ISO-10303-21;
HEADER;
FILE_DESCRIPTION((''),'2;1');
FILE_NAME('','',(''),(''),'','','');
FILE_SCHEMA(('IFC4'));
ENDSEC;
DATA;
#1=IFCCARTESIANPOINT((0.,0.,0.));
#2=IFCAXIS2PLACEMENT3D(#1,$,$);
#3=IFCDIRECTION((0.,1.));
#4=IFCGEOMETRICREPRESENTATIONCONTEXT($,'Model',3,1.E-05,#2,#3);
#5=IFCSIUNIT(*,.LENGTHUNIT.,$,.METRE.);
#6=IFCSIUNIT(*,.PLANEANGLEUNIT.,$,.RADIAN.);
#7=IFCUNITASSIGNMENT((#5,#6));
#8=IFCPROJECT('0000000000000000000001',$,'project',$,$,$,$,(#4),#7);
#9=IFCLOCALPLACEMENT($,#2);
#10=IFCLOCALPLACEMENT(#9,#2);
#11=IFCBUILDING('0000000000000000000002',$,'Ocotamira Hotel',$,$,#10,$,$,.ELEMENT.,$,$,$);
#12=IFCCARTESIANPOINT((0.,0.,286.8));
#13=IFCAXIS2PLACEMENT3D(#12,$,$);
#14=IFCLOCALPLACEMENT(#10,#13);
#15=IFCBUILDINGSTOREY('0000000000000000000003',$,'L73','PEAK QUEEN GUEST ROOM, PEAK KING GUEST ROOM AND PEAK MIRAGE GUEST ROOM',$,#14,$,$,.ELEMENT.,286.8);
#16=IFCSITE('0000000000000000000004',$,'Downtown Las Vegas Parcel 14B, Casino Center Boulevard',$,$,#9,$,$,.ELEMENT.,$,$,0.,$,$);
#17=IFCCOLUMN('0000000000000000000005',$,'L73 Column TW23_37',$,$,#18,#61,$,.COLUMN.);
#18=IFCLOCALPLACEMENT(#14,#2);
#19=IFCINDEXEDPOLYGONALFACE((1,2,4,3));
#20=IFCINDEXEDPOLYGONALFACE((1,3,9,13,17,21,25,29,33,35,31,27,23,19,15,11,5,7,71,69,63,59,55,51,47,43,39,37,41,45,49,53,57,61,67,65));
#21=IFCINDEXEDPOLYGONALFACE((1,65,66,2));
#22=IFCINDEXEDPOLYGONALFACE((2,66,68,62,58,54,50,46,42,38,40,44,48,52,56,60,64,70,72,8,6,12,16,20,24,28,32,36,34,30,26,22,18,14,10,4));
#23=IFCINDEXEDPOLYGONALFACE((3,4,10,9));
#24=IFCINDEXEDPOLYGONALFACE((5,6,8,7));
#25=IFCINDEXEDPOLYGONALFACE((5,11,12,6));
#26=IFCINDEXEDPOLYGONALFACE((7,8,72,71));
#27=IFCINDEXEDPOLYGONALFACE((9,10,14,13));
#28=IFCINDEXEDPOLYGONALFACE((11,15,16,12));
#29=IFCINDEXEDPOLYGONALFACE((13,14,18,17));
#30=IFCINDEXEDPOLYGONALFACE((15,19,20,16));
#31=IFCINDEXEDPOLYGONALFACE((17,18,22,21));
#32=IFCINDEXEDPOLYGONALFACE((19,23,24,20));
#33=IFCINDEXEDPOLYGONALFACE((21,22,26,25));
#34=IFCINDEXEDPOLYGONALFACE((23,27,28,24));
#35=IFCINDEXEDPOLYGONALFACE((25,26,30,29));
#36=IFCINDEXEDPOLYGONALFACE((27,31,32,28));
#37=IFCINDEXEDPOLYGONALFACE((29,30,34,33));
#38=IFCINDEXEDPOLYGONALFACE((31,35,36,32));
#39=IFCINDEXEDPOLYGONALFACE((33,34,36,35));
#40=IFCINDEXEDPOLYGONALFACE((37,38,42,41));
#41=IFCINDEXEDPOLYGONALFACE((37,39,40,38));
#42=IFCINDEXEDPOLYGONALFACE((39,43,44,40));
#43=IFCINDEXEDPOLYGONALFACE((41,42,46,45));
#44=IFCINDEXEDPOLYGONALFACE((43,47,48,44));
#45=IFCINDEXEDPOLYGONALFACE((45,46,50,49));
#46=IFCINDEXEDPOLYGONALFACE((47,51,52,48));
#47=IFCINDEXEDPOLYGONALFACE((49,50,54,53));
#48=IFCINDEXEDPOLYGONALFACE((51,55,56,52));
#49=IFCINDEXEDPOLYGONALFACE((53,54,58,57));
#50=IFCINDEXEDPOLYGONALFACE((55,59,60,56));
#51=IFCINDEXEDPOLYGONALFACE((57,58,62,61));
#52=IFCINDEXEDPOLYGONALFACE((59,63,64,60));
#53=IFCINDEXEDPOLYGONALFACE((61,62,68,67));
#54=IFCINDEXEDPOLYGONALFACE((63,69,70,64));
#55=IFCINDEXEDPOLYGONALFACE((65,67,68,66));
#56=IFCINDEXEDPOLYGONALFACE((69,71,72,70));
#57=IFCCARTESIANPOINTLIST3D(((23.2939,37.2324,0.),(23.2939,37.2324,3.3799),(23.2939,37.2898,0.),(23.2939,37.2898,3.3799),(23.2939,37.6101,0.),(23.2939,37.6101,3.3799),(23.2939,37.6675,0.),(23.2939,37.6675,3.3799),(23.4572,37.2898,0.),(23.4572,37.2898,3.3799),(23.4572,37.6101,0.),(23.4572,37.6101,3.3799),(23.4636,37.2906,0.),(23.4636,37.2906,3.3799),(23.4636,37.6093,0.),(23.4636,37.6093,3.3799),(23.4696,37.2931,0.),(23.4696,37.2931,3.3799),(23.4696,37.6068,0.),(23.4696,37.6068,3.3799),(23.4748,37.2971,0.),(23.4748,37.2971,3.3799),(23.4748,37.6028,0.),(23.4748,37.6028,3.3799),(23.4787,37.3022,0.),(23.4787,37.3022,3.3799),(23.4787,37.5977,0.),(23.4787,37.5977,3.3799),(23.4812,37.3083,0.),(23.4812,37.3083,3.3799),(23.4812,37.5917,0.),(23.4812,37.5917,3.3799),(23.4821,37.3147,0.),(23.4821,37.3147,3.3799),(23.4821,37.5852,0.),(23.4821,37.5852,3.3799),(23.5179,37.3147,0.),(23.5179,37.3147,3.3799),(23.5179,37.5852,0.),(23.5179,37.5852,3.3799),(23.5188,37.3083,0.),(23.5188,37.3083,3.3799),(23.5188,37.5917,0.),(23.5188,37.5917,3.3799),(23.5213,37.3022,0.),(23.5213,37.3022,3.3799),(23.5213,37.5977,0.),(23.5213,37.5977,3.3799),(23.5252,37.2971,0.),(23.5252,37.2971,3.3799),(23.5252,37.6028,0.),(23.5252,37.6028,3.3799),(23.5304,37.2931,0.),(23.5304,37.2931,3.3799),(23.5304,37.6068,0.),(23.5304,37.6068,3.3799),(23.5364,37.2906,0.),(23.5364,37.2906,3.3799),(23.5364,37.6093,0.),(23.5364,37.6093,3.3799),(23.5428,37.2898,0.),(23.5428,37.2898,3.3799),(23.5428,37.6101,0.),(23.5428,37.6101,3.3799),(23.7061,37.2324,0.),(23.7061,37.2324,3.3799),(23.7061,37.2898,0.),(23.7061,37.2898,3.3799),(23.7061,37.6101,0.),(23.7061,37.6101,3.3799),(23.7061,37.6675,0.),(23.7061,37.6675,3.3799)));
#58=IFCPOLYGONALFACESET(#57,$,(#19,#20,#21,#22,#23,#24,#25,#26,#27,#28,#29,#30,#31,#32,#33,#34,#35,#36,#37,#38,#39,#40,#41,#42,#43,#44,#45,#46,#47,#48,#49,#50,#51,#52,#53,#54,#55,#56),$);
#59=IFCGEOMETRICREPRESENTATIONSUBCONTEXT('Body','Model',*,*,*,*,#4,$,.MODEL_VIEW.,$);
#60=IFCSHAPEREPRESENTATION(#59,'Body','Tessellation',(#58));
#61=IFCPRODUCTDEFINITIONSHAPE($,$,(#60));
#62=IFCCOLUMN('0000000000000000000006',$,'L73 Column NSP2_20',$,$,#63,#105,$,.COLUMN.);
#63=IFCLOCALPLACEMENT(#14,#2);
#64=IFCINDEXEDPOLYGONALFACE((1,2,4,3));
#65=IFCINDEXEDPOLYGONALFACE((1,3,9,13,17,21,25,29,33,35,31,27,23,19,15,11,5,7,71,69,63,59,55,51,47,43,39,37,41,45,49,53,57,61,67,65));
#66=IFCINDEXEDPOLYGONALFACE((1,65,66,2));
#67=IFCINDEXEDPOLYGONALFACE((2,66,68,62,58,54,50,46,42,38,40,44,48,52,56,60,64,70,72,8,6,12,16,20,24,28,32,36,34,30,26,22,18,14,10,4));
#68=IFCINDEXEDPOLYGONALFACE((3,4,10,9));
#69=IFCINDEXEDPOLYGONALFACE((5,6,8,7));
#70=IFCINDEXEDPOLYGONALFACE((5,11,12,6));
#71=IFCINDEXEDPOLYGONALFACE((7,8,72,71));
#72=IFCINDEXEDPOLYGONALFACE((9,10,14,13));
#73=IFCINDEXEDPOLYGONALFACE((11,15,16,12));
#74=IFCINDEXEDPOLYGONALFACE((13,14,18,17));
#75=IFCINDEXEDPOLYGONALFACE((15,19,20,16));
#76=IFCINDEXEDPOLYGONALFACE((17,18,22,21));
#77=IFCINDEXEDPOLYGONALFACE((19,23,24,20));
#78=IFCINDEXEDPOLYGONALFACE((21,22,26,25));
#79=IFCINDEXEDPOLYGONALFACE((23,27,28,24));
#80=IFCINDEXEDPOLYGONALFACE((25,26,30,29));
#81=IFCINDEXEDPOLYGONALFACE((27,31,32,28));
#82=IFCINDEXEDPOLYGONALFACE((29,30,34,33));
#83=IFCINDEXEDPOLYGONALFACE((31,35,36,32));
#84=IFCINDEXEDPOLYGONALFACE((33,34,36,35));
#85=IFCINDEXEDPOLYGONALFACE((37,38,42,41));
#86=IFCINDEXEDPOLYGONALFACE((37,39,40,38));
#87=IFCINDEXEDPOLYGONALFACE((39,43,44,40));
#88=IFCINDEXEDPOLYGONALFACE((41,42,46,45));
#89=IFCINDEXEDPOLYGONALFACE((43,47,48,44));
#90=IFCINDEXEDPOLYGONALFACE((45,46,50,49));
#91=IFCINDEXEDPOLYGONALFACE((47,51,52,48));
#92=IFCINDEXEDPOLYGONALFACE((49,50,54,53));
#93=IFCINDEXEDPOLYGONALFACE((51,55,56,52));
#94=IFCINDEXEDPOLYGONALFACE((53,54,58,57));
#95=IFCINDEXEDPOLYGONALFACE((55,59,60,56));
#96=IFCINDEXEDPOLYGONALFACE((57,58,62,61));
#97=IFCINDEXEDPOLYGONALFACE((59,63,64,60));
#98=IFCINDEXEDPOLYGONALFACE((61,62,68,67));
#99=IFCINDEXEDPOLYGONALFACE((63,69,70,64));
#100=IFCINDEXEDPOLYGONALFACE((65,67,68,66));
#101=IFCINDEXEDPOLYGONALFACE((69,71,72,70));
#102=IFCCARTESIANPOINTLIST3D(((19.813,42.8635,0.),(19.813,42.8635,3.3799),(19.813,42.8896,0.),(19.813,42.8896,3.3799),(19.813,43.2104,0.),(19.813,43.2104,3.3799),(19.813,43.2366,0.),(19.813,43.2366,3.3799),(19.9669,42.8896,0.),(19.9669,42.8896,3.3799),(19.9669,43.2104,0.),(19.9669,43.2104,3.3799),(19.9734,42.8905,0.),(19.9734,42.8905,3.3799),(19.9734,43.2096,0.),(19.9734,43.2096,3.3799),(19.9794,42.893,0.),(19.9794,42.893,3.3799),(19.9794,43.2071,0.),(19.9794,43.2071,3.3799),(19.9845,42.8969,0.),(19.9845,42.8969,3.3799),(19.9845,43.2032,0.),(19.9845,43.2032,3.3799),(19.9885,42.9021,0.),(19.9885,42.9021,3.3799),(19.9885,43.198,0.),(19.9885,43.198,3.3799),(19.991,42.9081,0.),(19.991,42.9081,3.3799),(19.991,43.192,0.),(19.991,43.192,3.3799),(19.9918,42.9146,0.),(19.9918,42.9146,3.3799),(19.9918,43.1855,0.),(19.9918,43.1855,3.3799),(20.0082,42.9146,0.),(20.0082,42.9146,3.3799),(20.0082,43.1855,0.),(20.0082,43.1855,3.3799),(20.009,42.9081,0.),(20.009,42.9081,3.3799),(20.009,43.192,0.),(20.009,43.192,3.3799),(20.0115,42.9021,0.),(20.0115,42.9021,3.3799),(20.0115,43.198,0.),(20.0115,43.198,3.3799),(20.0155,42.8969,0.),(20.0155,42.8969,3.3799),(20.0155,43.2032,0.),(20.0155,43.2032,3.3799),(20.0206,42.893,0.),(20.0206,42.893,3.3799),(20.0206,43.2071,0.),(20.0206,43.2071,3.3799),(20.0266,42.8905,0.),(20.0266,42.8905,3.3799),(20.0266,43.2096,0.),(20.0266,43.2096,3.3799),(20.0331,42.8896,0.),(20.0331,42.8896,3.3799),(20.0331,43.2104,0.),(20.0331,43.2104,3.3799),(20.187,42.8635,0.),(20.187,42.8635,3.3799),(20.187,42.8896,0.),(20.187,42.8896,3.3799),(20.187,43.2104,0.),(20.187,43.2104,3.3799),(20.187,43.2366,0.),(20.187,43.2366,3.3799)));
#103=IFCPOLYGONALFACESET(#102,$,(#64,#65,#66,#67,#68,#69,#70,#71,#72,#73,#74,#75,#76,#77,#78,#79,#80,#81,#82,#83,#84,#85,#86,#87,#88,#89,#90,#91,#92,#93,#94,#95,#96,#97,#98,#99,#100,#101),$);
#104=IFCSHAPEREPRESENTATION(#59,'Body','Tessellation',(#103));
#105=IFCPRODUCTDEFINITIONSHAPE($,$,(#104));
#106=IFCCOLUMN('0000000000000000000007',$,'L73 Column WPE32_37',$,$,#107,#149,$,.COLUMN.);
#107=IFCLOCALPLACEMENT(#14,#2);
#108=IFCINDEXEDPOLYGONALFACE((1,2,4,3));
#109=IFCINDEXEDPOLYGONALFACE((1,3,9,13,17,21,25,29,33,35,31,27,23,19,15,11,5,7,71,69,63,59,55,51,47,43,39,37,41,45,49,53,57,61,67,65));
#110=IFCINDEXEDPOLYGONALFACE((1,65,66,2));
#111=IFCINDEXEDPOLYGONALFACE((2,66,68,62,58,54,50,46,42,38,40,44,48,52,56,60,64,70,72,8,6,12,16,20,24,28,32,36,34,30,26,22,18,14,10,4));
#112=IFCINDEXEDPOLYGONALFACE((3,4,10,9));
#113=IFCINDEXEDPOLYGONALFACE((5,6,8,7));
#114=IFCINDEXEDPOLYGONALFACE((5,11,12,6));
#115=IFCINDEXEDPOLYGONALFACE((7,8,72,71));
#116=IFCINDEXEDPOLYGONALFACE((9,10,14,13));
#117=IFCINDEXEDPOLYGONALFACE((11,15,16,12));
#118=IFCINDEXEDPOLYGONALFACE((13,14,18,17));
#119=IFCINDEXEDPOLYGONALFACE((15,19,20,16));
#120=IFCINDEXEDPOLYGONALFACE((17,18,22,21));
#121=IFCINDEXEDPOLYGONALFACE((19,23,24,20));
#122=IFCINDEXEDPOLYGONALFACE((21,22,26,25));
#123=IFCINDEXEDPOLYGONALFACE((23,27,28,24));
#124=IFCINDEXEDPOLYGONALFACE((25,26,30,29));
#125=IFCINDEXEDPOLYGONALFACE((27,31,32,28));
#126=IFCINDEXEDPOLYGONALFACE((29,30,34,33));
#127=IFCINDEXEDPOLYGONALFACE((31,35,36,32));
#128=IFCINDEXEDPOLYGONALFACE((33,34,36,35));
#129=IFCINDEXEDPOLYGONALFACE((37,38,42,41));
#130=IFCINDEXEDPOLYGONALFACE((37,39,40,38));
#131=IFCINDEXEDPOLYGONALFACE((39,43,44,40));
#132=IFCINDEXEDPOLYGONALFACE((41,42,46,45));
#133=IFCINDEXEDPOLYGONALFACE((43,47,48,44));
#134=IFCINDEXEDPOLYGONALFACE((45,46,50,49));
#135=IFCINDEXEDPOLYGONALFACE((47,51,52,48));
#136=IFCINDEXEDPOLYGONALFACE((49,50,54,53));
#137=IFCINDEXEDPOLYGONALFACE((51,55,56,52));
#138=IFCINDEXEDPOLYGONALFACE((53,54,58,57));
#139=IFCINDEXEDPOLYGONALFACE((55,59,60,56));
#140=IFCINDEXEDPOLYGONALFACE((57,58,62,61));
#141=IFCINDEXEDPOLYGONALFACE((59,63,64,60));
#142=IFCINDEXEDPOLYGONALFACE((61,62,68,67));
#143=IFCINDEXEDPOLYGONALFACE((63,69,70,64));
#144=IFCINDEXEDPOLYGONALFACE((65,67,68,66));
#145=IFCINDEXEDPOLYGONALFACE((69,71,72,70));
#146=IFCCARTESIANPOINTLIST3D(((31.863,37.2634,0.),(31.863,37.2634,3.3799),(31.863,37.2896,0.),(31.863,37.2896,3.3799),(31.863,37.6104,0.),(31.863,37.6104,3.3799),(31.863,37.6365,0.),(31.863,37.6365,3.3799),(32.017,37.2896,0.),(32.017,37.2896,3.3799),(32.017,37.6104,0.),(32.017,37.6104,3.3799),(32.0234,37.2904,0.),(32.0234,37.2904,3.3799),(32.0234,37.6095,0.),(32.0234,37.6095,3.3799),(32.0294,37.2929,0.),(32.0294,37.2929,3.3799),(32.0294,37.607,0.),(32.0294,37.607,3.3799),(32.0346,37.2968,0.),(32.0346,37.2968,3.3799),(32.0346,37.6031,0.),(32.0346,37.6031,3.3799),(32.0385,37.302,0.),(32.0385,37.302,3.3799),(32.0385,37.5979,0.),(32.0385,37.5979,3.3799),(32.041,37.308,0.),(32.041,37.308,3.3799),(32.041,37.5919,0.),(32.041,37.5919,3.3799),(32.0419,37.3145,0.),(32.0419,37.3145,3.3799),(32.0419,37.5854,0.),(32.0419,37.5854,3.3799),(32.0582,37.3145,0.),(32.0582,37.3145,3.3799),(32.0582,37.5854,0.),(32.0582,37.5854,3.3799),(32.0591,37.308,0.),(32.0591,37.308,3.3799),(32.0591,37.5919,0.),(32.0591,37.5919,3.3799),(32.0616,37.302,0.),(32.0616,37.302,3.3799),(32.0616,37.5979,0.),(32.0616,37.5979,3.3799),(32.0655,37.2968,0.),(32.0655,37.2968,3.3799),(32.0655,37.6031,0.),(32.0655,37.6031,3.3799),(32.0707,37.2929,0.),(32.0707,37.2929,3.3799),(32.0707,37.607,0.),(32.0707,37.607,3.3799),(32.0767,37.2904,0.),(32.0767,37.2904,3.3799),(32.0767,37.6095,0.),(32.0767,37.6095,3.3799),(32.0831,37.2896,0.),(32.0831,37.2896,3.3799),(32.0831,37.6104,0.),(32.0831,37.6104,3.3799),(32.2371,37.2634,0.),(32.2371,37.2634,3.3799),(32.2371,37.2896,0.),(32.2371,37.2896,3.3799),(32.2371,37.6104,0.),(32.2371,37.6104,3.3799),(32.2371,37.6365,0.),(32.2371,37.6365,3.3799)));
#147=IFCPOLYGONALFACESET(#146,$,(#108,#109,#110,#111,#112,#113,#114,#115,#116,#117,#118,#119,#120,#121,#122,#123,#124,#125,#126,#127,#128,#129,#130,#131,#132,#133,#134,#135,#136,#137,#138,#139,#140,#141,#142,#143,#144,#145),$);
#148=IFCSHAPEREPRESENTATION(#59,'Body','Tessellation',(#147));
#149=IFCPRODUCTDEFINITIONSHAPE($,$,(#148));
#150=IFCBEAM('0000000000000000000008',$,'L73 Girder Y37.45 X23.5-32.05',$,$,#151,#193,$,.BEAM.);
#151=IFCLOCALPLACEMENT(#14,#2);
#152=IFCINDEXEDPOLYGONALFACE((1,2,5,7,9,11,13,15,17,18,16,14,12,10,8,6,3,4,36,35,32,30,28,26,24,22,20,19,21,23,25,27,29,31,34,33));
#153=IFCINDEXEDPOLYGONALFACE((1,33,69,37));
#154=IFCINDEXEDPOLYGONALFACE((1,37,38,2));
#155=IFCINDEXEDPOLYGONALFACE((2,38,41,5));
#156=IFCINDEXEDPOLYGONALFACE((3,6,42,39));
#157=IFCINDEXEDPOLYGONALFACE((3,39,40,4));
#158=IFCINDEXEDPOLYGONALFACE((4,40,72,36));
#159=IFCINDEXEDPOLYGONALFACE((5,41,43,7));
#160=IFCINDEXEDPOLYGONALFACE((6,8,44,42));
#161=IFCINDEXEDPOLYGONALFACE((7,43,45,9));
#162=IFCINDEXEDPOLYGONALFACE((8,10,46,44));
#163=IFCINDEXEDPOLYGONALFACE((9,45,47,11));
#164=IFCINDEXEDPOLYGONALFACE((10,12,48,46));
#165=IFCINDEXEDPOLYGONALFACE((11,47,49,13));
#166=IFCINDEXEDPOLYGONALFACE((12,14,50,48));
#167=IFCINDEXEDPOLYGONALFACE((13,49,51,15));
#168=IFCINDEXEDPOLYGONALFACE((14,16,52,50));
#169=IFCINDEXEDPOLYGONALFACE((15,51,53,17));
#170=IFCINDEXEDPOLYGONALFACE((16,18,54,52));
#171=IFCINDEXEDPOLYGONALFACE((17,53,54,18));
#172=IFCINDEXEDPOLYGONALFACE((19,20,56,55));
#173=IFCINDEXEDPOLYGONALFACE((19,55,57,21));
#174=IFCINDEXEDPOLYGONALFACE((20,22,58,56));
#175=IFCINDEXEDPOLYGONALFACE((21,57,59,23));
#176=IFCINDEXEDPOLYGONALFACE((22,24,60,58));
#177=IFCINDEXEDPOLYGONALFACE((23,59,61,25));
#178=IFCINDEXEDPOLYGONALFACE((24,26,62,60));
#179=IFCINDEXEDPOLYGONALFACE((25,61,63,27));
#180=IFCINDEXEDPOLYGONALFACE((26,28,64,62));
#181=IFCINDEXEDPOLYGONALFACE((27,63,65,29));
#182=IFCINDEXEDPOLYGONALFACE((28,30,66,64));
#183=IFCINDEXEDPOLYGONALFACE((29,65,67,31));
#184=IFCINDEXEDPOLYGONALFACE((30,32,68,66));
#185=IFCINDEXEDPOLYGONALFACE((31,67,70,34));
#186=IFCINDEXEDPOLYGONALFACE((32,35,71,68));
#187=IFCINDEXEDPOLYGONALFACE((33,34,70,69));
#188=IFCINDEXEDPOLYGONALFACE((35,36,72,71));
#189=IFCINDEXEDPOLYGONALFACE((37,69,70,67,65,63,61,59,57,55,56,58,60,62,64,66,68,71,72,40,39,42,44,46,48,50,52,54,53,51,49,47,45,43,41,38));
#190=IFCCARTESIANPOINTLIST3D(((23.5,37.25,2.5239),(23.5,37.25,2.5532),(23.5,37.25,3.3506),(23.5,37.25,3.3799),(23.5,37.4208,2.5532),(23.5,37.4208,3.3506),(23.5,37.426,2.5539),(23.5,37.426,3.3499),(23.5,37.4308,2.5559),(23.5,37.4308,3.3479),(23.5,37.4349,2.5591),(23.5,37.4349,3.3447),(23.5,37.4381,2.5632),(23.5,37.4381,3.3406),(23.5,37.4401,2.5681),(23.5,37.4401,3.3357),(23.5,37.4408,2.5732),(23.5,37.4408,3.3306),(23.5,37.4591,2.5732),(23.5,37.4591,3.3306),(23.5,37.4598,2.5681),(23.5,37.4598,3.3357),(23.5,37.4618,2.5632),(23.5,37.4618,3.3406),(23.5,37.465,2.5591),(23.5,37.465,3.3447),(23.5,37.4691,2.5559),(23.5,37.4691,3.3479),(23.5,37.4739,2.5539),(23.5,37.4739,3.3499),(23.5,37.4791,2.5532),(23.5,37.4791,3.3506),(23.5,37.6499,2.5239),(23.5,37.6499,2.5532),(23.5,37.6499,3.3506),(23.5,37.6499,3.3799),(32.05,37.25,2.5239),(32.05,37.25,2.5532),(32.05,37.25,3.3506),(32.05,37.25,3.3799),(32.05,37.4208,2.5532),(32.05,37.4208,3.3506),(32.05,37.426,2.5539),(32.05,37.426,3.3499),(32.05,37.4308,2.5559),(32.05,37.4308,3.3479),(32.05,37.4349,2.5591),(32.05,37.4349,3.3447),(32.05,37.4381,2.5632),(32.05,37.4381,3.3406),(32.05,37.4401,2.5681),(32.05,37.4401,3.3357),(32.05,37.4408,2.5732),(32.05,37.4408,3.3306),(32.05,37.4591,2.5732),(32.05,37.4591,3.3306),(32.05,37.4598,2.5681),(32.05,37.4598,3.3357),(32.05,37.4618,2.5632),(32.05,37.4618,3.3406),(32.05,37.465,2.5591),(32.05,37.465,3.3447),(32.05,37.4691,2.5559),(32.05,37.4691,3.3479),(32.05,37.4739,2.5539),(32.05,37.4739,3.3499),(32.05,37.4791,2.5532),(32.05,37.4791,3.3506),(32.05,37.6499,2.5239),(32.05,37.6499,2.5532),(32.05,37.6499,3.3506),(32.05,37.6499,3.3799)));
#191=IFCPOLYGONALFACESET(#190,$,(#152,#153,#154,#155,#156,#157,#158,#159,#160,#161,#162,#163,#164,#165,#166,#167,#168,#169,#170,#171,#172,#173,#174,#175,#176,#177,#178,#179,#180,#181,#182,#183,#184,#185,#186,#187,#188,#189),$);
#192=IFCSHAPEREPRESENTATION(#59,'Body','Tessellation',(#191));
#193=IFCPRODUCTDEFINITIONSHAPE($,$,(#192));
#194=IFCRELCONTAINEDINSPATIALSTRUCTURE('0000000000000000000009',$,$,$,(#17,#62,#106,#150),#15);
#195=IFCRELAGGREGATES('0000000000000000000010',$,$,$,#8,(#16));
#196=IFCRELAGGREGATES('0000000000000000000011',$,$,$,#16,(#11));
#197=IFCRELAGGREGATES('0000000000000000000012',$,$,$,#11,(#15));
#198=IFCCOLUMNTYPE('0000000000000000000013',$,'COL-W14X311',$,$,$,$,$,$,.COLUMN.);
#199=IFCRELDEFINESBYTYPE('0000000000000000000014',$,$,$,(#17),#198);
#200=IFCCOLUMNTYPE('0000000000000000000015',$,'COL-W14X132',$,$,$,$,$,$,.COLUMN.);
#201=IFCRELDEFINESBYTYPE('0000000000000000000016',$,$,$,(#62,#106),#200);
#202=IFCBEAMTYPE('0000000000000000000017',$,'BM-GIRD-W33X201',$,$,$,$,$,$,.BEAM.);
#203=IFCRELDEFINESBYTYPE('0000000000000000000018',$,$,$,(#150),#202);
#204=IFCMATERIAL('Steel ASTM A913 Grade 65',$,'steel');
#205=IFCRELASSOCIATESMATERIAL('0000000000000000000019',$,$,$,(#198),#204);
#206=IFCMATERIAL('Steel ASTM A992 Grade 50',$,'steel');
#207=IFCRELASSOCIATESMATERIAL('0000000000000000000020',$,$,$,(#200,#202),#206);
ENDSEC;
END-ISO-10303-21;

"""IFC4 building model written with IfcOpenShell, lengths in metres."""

from ifc_helpers import new_model, si_unit, direction, frame, origin, origin_2d, place, context, subcontext, project, spatial, i_section, extrude, source, transform, mapped, material, material_profile, profile_set, type_object, element, save


model = new_model("IFC4")

# Units and contexts
model_context = context("Model", 3, precision=1e-05, world=origin(), true_north=direction((0.0, 1.0)))
body_context = subcontext(model_context, "Body", "Model", "MODEL_VIEW")
ifc_project = project(units=[si_unit("LENGTHUNIT", "METRE"), si_unit("PLANEANGLEUNIT", "RADIAN")], contexts=[model_context])

# Site, building, storey
site_placement = place(None, origin())
site = spatial("IfcSite", under=ifc_project, at=site_placement, Name="Downtown Las Vegas Parcel 14B, Casino Center Boulevard", CompositionType="ELEMENT", RefElevation=0.0)
building_placement = place(site_placement, origin())
building = spatial("IfcBuilding", under=site, at=building_placement, Name="Ocotamira Hotel", CompositionType="ELEMENT")
storey_placement = place(building_placement, frame((0.0, 0.0, 286.8)))
storey = spatial("IfcBuildingStorey", under=building, at=storey_placement, Name="L73", Description="PEAK QUEEN GUEST ROOM, PEAK KING GUEST ROOM AND PEAK MIRAGE GUEST ROOM", CompositionType="ELEMENT", Elevation=286.8)

# Columns
ifc_material_1 = material(Name="Steel ASTM A913 Grade 65", Category="steel")
ifc_material_profile_1 = material_profile(ifc_material_1, i_section(OverallWidth=0.4121, OverallDepth=0.4351, WebThickness=0.0359, FlangeThickness=0.0574, FilletRadius=0.0249, at=origin_2d()), Name="W14X311")
ifc_profile_set_1 = profile_set([ifc_material_profile_1], Name="Steel ASTM A913 Grade 65")
column_type_1 = type_object("IfcColumnType", Name="COL-W14X311", PredefinedType="COLUMN", material=ifc_profile_set_1)
shared_shape_1 = source(origin(), body_context, "Body", "SweptSolid", [
    extrude(i_section(OverallWidth=0.4121, OverallDepth=0.4351, WebThickness=0.0359, FlangeThickness=0.0574, FilletRadius=0.0249, at=origin_2d()), origin(), (0.0, 0.0, 1.0), 3.3799),
])
column_placement = place(storey_placement, frame((23.5, 37.45, 0.0), z_axis=(0.0, 0.0, 1.0), x_axis=(1.0, 0.0, 0.0)))
element("IfcColumn", 1, at=column_placement, inside=storey, type_object=column_type_1, Name="L73 Column TW23_37", PredefinedType="COLUMN", context=body_context, shape_type="MappedRepresentation", body=[
    mapped(shared_shape_1, transform((0.0, 0.0, 0.0), scale=1.0)),
])
ifc_material_2 = material(Name="Steel ASTM A992 Grade 50", Category="steel")
ifc_material_profile_2 = material_profile(ifc_material_2, i_section(OverallWidth=0.374, OverallDepth=0.373, WebThickness=0.0164, FlangeThickness=0.0261, FilletRadius=0.0249, at=origin_2d()), Name="W14X132")
ifc_profile_set_2 = profile_set([ifc_material_profile_2], Name="Steel ASTM A992 Grade 50")
column_type_2 = type_object("IfcColumnType", Name="COL-W14X132", PredefinedType="COLUMN", material=ifc_profile_set_2)
shared_shape_2 = source(origin(), body_context, "Body", "SweptSolid", [
    extrude(i_section(OverallWidth=0.374, OverallDepth=0.373, WebThickness=0.0164, FlangeThickness=0.0261, FilletRadius=0.0249, at=origin_2d()), origin(), (0.0, 0.0, 1.0), 3.3799),
])
for number, where, z_axis, x_axis, name in (
    (2, (20.0, 43.05, 0.0), (0.0, 0.0, 1.0), (1.0, 0.0, 0.0), "L73 Column NSP2_20"),
    (3, (32.05, 37.45, 0.0), (0.0, 0.0, 1.0), (1.0, 0.0, 0.0), "L73 Column WPE32_37"),
):
    element("IfcColumn", number, at=place(storey_placement, frame(where, z_axis=z_axis, x_axis=x_axis)), inside=storey, type_object=column_type_2, Name=name, PredefinedType="COLUMN", context=body_context, shape_type="MappedRepresentation", body=[
        mapped(shared_shape_2, transform((0.0, 0.0, 0.0), scale=1.0)),
    ])

# Beam
ifc_material_profile_3 = material_profile(ifc_material_2, i_section(OverallWidth=0.3999, OverallDepth=0.856, WebThickness=0.0183, FlangeThickness=0.0293, FilletRadius=0.02, at=origin_2d()), Name="W33X201")
ifc_profile_set_3 = profile_set([ifc_material_profile_3], Name="Steel ASTM A992 Grade 50")
beam_type = type_object("IfcBeamType", Name="BM-GIRD-W33X201", PredefinedType="BEAM", material=ifc_profile_set_3)
shared_shape_3 = source(origin(), body_context, "Body", "SweptSolid", [
    extrude(i_section(OverallWidth=0.3999, OverallDepth=0.856, WebThickness=0.0183, FlangeThickness=0.0293, FilletRadius=0.02, at=origin_2d()), origin(), (0.0, 0.0, 1.0), 8.55),
])
beam_placement = place(storey_placement, frame((23.5, 37.45, 2.9519), z_axis=(1.0, 0.0, 0.0), x_axis=(0.0, 1.0, 0.0)))
element("IfcBeam", 4, at=beam_placement, inside=storey, type_object=beam_type, Name="L73 Girder Y37.45 X23.5-32.05", PredefinedType="BEAM", context=body_context, shape_type="MappedRepresentation", body=[
    mapped(shared_shape_3, transform((0.0, 0.0, 0.0), scale=1.0)),
])

save(model, "model.ifc")
